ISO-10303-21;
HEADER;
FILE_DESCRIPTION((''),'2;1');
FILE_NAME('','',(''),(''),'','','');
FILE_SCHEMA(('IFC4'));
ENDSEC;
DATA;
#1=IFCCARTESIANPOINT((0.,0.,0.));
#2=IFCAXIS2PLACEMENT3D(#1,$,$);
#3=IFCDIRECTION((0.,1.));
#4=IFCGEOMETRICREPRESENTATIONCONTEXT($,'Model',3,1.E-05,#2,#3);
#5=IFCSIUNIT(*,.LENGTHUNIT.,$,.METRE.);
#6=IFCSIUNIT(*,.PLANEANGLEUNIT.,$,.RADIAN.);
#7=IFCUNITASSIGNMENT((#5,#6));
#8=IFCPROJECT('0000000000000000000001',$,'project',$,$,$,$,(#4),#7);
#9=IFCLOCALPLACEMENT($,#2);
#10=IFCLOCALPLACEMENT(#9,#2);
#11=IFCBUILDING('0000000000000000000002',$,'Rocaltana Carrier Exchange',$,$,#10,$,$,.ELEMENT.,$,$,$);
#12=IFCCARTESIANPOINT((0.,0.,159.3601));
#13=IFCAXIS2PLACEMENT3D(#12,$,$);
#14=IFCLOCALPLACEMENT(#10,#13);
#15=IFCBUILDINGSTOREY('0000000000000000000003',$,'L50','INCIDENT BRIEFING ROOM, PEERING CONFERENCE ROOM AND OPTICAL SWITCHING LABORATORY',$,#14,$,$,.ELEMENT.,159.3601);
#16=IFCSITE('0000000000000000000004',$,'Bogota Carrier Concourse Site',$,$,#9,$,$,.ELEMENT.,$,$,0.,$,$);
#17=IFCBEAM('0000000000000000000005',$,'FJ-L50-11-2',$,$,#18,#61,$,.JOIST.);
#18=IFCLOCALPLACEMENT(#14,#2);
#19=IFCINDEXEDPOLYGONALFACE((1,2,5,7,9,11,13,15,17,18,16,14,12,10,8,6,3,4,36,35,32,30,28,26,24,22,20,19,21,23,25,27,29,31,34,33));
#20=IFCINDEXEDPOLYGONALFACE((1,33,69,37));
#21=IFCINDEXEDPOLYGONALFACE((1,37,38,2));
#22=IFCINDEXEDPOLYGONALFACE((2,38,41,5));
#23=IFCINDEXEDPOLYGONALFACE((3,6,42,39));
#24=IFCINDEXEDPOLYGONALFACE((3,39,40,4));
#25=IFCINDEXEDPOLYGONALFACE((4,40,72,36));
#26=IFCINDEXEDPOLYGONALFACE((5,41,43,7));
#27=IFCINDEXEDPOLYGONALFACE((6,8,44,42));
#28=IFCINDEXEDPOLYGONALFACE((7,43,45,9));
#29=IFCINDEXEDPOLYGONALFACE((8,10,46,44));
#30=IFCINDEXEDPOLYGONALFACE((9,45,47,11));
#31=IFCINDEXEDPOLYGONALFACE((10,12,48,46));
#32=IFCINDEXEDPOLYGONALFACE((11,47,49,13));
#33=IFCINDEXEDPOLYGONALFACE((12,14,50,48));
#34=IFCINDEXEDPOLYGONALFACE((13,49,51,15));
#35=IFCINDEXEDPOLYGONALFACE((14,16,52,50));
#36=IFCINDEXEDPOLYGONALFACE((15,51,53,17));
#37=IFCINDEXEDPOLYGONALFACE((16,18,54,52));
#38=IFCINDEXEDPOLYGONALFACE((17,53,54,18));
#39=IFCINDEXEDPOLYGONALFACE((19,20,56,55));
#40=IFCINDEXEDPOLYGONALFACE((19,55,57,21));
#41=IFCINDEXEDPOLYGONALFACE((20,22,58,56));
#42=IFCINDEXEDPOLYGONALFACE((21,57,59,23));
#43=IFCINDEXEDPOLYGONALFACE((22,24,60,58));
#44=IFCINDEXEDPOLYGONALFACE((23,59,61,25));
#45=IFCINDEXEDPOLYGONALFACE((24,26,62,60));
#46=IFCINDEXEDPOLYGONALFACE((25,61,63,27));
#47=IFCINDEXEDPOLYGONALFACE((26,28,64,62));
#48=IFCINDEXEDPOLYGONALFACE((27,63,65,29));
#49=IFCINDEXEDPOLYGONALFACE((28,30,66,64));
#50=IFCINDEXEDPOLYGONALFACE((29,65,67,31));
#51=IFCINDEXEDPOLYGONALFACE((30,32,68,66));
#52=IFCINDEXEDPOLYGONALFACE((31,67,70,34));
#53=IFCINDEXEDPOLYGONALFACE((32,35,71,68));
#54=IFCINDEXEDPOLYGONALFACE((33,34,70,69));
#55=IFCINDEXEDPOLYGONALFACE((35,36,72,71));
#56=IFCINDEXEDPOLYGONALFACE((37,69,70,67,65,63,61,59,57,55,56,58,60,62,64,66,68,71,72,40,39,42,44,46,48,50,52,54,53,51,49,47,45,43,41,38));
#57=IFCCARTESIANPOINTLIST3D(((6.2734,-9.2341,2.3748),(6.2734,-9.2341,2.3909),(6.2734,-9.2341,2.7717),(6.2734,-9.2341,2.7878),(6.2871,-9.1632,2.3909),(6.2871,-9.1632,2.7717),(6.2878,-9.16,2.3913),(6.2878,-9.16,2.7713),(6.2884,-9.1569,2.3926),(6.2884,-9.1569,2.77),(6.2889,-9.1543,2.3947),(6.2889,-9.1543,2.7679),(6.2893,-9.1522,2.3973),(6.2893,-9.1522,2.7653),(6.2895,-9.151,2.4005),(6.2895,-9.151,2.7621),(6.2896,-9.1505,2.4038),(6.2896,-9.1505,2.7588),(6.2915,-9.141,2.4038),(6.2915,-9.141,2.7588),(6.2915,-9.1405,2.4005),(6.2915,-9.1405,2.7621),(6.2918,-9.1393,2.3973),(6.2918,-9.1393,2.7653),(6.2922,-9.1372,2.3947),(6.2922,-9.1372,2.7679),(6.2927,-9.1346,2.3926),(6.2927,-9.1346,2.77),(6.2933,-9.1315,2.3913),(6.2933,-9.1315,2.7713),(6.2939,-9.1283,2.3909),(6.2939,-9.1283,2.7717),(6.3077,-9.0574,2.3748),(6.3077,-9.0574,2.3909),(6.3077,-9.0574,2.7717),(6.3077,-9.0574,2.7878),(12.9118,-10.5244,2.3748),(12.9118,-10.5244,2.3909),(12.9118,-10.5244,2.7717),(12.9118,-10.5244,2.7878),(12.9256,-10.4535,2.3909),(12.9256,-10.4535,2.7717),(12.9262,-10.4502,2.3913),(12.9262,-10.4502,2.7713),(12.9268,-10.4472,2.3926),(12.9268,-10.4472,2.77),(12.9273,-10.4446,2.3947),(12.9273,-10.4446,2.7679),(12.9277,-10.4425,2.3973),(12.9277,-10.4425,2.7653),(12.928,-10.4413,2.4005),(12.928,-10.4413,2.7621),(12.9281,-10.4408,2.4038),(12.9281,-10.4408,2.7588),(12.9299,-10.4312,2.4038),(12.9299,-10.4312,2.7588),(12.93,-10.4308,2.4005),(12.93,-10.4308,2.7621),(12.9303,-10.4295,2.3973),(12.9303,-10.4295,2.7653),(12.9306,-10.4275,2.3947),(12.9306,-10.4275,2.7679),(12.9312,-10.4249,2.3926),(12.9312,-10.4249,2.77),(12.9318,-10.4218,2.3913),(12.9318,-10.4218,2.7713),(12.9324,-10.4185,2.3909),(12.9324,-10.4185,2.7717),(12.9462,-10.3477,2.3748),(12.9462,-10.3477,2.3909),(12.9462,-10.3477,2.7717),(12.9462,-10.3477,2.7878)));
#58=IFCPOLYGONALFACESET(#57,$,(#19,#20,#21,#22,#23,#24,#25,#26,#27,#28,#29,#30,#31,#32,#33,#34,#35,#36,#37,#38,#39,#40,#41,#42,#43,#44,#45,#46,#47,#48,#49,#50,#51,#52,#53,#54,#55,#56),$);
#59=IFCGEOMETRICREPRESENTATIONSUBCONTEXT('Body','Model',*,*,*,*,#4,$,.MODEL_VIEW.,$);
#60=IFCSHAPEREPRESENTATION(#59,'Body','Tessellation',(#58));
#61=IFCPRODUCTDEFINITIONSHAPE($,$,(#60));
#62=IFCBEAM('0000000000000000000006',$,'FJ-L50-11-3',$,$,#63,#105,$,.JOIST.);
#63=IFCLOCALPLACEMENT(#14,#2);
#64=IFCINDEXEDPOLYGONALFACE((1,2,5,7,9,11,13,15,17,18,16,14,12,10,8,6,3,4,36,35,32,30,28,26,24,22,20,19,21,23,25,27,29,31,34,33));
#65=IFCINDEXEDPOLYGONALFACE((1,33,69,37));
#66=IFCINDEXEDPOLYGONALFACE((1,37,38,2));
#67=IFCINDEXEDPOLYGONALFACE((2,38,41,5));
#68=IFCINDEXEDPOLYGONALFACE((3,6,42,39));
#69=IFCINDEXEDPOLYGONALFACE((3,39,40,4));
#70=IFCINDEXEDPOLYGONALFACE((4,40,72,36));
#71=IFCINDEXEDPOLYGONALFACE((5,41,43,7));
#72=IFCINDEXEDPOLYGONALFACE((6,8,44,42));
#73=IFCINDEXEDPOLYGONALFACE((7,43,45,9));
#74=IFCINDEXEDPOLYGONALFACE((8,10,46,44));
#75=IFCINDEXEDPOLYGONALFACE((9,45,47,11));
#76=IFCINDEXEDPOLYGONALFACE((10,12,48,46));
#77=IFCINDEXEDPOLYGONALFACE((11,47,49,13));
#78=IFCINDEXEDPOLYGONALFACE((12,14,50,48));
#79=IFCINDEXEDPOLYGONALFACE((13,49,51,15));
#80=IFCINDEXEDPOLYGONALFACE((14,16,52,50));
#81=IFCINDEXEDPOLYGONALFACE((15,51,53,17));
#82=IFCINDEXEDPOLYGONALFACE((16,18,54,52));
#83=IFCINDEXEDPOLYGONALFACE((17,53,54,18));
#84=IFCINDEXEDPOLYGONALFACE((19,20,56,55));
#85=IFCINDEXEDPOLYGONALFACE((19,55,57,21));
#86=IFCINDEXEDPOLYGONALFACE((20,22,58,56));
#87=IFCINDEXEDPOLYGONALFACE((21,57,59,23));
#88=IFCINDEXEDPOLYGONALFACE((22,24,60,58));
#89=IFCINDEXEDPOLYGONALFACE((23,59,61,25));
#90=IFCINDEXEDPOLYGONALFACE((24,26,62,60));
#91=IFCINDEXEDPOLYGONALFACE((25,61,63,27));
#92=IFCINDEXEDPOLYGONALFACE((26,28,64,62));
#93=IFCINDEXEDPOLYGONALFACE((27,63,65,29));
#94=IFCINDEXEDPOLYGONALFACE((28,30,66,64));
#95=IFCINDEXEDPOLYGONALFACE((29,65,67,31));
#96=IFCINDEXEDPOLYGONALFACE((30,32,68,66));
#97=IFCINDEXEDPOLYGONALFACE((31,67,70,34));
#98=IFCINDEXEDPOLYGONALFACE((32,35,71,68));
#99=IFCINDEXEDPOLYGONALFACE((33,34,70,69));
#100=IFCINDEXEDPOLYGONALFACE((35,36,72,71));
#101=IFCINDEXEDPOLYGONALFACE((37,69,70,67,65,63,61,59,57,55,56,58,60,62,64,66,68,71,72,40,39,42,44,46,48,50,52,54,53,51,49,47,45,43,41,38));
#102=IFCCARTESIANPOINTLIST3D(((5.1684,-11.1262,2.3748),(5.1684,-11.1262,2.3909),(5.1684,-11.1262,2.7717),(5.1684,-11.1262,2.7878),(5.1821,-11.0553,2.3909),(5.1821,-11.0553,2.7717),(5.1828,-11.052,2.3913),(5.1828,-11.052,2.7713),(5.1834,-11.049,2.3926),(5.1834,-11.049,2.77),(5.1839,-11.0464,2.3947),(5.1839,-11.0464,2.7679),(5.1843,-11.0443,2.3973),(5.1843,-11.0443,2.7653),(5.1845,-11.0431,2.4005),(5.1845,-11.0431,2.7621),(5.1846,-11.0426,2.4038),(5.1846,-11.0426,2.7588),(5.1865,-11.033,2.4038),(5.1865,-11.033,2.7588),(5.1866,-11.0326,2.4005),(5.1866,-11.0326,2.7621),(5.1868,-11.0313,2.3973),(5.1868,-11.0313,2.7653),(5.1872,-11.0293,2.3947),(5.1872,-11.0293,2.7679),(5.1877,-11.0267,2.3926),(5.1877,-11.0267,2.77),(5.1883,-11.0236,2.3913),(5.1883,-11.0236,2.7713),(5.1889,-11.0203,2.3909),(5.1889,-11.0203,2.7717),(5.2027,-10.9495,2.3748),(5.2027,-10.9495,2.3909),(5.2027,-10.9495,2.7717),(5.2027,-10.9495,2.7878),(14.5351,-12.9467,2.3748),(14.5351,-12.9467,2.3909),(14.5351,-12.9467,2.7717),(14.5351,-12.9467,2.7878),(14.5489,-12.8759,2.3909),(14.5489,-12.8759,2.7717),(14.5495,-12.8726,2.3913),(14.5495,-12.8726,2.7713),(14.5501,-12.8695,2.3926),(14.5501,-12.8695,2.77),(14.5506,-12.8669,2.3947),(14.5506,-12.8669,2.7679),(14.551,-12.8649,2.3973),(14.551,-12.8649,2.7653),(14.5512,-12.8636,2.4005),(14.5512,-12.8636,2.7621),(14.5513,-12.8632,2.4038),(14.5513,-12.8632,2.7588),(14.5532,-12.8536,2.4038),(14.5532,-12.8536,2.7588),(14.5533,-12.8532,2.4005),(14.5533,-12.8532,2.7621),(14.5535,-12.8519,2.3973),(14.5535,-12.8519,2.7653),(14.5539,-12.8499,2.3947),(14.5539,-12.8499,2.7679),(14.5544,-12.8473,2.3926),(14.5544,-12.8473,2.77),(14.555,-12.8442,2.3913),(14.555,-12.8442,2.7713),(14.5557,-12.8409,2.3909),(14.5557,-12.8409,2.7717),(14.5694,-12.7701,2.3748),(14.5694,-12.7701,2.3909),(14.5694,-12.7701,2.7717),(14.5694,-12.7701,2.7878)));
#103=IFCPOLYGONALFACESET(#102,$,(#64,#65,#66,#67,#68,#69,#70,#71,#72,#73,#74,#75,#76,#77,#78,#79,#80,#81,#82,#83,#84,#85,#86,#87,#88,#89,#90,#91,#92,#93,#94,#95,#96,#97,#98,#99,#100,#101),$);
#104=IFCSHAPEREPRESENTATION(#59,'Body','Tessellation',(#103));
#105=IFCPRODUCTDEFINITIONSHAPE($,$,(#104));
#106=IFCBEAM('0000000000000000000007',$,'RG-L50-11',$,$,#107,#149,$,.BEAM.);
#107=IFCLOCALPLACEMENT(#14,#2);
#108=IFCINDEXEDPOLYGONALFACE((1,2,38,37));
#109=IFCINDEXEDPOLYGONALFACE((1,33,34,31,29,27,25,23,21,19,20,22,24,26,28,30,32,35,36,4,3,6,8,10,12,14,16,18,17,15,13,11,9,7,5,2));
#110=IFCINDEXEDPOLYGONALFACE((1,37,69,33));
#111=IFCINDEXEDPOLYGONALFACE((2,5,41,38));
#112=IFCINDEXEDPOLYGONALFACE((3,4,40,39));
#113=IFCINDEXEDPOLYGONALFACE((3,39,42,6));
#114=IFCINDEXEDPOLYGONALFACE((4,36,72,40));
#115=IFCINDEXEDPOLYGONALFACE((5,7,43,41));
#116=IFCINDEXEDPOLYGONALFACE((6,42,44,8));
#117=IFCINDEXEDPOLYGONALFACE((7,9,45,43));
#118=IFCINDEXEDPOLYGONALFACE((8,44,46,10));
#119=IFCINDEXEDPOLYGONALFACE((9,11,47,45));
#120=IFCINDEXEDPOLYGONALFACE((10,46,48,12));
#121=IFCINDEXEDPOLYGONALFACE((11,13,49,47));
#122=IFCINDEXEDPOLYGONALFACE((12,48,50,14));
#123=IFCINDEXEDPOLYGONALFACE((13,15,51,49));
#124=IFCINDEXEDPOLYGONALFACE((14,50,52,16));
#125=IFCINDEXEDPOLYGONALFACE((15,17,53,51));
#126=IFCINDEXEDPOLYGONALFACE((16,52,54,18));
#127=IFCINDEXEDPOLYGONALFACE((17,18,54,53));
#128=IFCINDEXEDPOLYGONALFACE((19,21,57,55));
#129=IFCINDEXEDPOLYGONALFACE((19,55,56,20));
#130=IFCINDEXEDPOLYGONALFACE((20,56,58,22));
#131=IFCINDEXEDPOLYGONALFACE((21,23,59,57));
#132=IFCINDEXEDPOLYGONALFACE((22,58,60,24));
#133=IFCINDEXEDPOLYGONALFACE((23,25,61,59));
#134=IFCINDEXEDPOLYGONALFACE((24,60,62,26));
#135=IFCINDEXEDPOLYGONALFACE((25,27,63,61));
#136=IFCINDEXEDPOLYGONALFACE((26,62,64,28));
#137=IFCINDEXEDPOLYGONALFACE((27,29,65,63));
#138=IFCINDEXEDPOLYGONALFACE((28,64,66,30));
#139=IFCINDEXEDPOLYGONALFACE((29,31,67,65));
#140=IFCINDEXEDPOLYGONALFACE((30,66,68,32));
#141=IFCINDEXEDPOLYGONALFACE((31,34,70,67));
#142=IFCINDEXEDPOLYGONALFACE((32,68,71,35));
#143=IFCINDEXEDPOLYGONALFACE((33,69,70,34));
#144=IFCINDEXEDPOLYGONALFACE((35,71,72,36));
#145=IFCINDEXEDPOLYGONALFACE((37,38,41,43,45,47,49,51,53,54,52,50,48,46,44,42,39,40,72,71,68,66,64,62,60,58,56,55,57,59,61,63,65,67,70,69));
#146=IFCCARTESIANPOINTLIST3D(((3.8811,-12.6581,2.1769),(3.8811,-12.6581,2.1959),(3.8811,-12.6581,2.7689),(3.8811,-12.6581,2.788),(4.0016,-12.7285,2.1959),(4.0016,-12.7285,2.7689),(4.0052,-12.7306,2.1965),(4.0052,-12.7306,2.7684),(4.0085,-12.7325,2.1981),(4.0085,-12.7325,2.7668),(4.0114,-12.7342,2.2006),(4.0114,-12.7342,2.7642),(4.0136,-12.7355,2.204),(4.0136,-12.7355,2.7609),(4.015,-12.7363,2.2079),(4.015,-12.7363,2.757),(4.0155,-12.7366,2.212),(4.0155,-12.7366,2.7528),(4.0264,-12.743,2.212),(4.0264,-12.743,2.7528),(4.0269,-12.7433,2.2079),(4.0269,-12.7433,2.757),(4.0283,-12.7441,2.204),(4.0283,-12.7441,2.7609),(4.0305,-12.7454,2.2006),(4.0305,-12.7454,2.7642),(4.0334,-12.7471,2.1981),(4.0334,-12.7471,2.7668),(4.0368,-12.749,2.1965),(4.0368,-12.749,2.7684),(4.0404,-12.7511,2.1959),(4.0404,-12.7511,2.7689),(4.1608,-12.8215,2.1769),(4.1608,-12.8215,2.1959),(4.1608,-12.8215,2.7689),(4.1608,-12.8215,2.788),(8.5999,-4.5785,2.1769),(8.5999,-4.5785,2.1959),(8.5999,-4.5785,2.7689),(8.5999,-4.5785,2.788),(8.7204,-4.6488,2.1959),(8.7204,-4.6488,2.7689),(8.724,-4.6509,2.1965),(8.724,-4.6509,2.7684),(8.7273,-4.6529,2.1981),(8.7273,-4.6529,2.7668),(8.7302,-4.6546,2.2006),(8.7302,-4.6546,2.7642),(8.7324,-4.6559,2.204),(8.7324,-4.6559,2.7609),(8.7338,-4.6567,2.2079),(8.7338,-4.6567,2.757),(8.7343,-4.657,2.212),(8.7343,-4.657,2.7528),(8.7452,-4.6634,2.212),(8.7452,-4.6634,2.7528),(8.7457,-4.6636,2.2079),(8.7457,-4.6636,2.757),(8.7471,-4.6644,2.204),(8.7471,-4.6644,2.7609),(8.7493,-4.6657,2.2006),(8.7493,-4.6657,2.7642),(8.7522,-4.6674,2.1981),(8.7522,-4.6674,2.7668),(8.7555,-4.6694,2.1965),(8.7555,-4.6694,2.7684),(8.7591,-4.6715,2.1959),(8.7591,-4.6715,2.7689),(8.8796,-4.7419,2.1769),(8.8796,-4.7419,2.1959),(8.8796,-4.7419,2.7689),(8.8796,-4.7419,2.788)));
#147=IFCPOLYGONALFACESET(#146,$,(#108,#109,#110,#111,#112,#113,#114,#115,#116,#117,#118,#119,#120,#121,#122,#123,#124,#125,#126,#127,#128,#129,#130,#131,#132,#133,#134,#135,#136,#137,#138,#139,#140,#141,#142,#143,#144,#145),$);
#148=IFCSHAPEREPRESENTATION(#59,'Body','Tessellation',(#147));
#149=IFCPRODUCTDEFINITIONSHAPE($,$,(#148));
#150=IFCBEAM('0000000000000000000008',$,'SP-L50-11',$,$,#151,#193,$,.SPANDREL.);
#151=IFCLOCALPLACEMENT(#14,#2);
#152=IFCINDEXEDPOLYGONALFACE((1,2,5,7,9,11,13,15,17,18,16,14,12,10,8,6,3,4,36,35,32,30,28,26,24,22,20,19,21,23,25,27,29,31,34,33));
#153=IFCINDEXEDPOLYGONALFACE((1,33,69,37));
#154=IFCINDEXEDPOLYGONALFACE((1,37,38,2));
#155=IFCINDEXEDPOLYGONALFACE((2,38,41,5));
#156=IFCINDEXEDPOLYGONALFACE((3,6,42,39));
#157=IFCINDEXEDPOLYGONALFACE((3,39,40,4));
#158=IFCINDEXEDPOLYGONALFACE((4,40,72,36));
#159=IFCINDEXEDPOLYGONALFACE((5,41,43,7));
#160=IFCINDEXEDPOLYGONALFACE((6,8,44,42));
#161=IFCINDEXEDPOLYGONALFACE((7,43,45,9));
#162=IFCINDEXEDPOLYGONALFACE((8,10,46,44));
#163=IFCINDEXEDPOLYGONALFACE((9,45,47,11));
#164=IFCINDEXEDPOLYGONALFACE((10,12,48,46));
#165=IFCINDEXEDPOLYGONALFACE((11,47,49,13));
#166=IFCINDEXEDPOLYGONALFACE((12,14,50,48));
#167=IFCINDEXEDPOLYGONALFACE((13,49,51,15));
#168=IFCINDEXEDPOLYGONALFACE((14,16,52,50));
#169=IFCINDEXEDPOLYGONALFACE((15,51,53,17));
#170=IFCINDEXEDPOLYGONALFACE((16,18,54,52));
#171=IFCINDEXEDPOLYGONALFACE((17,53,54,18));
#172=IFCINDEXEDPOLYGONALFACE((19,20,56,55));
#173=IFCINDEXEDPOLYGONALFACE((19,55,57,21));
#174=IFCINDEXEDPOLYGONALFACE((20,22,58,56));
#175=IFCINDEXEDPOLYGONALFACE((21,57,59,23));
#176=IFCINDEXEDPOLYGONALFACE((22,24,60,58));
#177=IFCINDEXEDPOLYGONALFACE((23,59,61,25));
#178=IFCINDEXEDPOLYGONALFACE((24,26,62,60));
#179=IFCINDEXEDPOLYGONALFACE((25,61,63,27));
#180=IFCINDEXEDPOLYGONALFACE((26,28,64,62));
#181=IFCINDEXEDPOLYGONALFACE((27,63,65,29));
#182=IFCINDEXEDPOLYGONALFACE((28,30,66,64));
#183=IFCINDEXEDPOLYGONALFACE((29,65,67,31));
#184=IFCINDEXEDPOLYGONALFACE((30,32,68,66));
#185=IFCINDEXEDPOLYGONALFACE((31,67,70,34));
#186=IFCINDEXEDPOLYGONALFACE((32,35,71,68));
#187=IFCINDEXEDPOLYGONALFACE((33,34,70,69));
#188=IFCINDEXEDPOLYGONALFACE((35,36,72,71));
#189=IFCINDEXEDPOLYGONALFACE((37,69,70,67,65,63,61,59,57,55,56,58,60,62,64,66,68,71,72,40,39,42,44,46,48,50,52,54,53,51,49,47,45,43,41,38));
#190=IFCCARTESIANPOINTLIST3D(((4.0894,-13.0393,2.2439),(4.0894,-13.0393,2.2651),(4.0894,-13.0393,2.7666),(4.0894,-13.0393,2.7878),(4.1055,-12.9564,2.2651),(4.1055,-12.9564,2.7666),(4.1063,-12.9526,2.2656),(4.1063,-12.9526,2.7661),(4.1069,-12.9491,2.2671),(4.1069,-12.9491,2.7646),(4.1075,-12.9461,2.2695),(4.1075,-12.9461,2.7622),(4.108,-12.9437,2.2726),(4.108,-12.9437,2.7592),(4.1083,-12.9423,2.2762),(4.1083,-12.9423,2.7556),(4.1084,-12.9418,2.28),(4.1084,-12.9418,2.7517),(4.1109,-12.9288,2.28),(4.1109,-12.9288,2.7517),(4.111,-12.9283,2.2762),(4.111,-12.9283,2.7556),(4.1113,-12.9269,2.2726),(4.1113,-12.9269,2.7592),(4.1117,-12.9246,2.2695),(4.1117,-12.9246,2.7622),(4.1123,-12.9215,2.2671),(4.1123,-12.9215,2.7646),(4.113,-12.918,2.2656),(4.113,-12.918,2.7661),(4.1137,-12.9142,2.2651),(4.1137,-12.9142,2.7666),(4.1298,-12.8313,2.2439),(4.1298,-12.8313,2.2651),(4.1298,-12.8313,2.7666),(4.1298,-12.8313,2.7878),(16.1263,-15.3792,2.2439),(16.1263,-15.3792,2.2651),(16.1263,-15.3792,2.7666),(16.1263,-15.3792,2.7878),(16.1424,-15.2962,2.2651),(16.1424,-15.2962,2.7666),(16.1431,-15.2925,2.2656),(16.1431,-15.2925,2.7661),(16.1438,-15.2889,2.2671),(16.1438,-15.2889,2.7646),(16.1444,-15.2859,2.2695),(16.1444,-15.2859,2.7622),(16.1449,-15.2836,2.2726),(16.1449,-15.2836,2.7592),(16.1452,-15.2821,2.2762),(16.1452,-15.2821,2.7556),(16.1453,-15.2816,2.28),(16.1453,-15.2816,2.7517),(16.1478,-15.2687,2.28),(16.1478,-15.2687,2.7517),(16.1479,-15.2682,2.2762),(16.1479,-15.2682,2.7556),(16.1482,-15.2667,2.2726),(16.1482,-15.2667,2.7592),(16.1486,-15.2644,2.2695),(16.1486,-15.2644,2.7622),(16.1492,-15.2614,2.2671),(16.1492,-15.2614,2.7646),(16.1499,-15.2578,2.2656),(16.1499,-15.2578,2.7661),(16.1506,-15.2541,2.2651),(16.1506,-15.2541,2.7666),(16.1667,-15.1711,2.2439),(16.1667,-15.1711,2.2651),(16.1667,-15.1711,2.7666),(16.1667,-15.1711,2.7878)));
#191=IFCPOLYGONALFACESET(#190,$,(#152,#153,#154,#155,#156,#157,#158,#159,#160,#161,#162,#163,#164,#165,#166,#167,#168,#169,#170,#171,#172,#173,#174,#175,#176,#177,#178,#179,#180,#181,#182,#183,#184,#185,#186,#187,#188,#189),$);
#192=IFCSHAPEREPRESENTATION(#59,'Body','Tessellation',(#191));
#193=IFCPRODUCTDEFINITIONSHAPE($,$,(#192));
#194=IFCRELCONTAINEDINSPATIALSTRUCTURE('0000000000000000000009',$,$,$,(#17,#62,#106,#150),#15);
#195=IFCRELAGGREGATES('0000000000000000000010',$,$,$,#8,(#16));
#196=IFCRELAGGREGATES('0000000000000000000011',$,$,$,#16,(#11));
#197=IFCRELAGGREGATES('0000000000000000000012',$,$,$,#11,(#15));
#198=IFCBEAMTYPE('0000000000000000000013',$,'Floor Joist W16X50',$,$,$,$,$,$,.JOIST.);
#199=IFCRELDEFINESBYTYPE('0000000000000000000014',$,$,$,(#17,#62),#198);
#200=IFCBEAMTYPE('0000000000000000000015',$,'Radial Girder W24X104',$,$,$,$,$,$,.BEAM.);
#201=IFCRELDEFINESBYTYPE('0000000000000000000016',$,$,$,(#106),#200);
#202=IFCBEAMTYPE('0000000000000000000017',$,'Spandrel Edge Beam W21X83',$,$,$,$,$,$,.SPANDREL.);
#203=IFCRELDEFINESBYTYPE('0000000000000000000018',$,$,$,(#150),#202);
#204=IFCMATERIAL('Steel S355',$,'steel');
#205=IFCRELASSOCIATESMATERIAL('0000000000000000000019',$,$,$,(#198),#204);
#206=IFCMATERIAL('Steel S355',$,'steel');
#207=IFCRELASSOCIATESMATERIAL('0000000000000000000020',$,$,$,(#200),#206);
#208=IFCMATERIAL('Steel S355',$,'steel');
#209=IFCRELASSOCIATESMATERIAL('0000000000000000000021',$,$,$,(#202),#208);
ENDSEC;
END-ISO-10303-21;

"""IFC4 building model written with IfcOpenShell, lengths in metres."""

from ifc_helpers import new_model, si_unit, direction, frame, origin, origin_2d, place, context, subcontext, project, spatial, i_section, extrude, material, material_profile, profile_set, type_object, element, save


model = new_model("IFC4")

# Units and contexts
model_context = context("Model", 3, precision=1e-05, world=origin(), true_north=direction((0.0, 1.0)))
body_context = subcontext(model_context, "Body", "Model", "MODEL_VIEW")
ifc_project = project(units=[si_unit("LENGTHUNIT", "METRE"), si_unit("PLANEANGLEUNIT", "RADIAN")], contexts=[model_context])

# Site, building, storey
site_placement = place(None, origin())
site = spatial("IfcSite", under=ifc_project, at=site_placement, Name="Bogota Carrier Concourse Site", CompositionType="ELEMENT", RefElevation=0.0)
building_placement = place(site_placement, origin())
building = spatial("IfcBuilding", under=site, at=building_placement, Name="Rocaltana Carrier Exchange", CompositionType="ELEMENT")
storey_placement = place(building_placement, frame((0.0, 0.0, 159.3601)))
storey = spatial("IfcBuildingStorey", under=building, at=storey_placement, Name="L50", Description="INCIDENT BRIEFING ROOM, PEERING CONFERENCE ROOM AND OPTICAL SWITCHING LABORATORY", CompositionType="ELEMENT", Elevation=159.3601)

# Beams
ifc_material_1 = material(Name="Steel S355", Category="steel")
ifc_material_profile_1 = material_profile(ifc_material_1, i_section(OverallWidth=0.1799, OverallDepth=0.4131, WebThickness=0.0098, FlangeThickness=0.0161, FilletRadius=0.0129, at=origin_2d()), Name="W16X50")
ifc_profile_set_1 = profile_set([ifc_material_profile_1], Name="Steel S355")
beam_type_1 = type_object("IfcBeamType", Name="Floor Joist W16X50", PredefinedType="JOIST", material=ifc_profile_set_1)
beam_1_placement = place(storey_placement, frame((6.2905, -9.1458, 2.5813), z_axis=(0.98163, -0.190795, 0.0), x_axis=(0.190795, 0.98163, 0.0)))
element("IfcBeam", 1, at=beam_1_placement, inside=storey, type_object=beam_type_1, Name="FJ-L50-11-2", PredefinedType="JOIST", context=body_context, shape_type="SweptSolid", body=[
    extrude(i_section(OverallWidth=0.1799, OverallDepth=0.4131, WebThickness=0.0098, FlangeThickness=0.0161, FilletRadius=0.0129, at=origin_2d()), origin(), (0.0, 0.0, 1.0), 6.7627),
])
beam_2_placement = place(storey_placement, frame((5.1855, -11.0378, 2.5813), z_axis=(0.98163, -0.190794, 0.0), x_axis=(0.190794, 0.98163, 0.0)))
element("IfcBeam", 2, at=beam_2_placement, inside=storey, type_object=beam_type_1, Name="FJ-L50-11-3", PredefinedType="JOIST", context=body_context, shape_type="SweptSolid", body=[
    extrude(i_section(OverallWidth=0.1799, OverallDepth=0.4131, WebThickness=0.0098, FlangeThickness=0.0161, FilletRadius=0.0129, at=origin_2d()), origin(), (0.0, 0.0, 1.0), 9.542),
])
ifc_material_2 = material(Name="Steel S355", Category="steel")
ifc_material_profile_2 = material_profile(ifc_material_2, i_section(OverallWidth=0.324, OverallDepth=0.6111, WebThickness=0.0127, FlangeThickness=0.019, FilletRadius=0.0161, at=origin_2d()), Name="W24X104")
ifc_profile_set_2 = profile_set([ifc_material_profile_2], Name="Steel S355")
beam_type_2 = type_object("IfcBeamType", Name="Radial Girder W24X104", PredefinedType="BEAM", material=ifc_profile_set_2)
beam_3_placement = place(storey_placement, frame((8.7397, -4.6602, 2.4824), z_axis=(-0.504322, -0.863516, 0.0), x_axis=(0.863516, -0.504322, 0.0)))
element("IfcBeam", 3, at=beam_3_placement, inside=storey, type_object=beam_type_2, Name="RG-L50-11", PredefinedType="BEAM", context=body_context, shape_type="SweptSolid", body=[
    extrude(i_section(OverallWidth=0.324, OverallDepth=0.6111, WebThickness=0.0127, FlangeThickness=0.019, FilletRadius=0.0161, at=origin_2d()), origin(), (0.0, 0.0, 1.0), 9.3567),
])
ifc_material_3 = material(Name="Steel S355", Category="steel")
ifc_material_profile_3 = material_profile(ifc_material_3, i_section(OverallWidth=0.2119, OverallDepth=0.5439, WebThickness=0.0132, FlangeThickness=0.0212, FilletRadius=0.0149, at=origin_2d()), Name="W21X83")
ifc_profile_set_3 = profile_set([ifc_material_profile_3], Name="Steel S355")
beam_type_3 = type_object("IfcBeamType", Name="Spandrel Edge Beam W21X83", PredefinedType="SPANDREL", material=ifc_profile_set_3)
beam_4_placement = place(storey_placement, frame((4.1096, -12.9353, 2.5159), z_axis=(0.981625, -0.190818, 0.0), x_axis=(0.190818, 0.981625, 0.0)))
element("IfcBeam", 4, at=beam_4_placement, inside=storey, type_object=beam_type_3, Name="SP-L50-11", PredefinedType="SPANDREL", context=body_context, shape_type="SweptSolid", body=[
    extrude(i_section(OverallWidth=0.2119, OverallDepth=0.5439, WebThickness=0.0132, FlangeThickness=0.0212, FilletRadius=0.0149, at=origin_2d()), origin(), (0.0, 0.0, 1.0), 12.2622),
])

save(model, "model.ifc")
